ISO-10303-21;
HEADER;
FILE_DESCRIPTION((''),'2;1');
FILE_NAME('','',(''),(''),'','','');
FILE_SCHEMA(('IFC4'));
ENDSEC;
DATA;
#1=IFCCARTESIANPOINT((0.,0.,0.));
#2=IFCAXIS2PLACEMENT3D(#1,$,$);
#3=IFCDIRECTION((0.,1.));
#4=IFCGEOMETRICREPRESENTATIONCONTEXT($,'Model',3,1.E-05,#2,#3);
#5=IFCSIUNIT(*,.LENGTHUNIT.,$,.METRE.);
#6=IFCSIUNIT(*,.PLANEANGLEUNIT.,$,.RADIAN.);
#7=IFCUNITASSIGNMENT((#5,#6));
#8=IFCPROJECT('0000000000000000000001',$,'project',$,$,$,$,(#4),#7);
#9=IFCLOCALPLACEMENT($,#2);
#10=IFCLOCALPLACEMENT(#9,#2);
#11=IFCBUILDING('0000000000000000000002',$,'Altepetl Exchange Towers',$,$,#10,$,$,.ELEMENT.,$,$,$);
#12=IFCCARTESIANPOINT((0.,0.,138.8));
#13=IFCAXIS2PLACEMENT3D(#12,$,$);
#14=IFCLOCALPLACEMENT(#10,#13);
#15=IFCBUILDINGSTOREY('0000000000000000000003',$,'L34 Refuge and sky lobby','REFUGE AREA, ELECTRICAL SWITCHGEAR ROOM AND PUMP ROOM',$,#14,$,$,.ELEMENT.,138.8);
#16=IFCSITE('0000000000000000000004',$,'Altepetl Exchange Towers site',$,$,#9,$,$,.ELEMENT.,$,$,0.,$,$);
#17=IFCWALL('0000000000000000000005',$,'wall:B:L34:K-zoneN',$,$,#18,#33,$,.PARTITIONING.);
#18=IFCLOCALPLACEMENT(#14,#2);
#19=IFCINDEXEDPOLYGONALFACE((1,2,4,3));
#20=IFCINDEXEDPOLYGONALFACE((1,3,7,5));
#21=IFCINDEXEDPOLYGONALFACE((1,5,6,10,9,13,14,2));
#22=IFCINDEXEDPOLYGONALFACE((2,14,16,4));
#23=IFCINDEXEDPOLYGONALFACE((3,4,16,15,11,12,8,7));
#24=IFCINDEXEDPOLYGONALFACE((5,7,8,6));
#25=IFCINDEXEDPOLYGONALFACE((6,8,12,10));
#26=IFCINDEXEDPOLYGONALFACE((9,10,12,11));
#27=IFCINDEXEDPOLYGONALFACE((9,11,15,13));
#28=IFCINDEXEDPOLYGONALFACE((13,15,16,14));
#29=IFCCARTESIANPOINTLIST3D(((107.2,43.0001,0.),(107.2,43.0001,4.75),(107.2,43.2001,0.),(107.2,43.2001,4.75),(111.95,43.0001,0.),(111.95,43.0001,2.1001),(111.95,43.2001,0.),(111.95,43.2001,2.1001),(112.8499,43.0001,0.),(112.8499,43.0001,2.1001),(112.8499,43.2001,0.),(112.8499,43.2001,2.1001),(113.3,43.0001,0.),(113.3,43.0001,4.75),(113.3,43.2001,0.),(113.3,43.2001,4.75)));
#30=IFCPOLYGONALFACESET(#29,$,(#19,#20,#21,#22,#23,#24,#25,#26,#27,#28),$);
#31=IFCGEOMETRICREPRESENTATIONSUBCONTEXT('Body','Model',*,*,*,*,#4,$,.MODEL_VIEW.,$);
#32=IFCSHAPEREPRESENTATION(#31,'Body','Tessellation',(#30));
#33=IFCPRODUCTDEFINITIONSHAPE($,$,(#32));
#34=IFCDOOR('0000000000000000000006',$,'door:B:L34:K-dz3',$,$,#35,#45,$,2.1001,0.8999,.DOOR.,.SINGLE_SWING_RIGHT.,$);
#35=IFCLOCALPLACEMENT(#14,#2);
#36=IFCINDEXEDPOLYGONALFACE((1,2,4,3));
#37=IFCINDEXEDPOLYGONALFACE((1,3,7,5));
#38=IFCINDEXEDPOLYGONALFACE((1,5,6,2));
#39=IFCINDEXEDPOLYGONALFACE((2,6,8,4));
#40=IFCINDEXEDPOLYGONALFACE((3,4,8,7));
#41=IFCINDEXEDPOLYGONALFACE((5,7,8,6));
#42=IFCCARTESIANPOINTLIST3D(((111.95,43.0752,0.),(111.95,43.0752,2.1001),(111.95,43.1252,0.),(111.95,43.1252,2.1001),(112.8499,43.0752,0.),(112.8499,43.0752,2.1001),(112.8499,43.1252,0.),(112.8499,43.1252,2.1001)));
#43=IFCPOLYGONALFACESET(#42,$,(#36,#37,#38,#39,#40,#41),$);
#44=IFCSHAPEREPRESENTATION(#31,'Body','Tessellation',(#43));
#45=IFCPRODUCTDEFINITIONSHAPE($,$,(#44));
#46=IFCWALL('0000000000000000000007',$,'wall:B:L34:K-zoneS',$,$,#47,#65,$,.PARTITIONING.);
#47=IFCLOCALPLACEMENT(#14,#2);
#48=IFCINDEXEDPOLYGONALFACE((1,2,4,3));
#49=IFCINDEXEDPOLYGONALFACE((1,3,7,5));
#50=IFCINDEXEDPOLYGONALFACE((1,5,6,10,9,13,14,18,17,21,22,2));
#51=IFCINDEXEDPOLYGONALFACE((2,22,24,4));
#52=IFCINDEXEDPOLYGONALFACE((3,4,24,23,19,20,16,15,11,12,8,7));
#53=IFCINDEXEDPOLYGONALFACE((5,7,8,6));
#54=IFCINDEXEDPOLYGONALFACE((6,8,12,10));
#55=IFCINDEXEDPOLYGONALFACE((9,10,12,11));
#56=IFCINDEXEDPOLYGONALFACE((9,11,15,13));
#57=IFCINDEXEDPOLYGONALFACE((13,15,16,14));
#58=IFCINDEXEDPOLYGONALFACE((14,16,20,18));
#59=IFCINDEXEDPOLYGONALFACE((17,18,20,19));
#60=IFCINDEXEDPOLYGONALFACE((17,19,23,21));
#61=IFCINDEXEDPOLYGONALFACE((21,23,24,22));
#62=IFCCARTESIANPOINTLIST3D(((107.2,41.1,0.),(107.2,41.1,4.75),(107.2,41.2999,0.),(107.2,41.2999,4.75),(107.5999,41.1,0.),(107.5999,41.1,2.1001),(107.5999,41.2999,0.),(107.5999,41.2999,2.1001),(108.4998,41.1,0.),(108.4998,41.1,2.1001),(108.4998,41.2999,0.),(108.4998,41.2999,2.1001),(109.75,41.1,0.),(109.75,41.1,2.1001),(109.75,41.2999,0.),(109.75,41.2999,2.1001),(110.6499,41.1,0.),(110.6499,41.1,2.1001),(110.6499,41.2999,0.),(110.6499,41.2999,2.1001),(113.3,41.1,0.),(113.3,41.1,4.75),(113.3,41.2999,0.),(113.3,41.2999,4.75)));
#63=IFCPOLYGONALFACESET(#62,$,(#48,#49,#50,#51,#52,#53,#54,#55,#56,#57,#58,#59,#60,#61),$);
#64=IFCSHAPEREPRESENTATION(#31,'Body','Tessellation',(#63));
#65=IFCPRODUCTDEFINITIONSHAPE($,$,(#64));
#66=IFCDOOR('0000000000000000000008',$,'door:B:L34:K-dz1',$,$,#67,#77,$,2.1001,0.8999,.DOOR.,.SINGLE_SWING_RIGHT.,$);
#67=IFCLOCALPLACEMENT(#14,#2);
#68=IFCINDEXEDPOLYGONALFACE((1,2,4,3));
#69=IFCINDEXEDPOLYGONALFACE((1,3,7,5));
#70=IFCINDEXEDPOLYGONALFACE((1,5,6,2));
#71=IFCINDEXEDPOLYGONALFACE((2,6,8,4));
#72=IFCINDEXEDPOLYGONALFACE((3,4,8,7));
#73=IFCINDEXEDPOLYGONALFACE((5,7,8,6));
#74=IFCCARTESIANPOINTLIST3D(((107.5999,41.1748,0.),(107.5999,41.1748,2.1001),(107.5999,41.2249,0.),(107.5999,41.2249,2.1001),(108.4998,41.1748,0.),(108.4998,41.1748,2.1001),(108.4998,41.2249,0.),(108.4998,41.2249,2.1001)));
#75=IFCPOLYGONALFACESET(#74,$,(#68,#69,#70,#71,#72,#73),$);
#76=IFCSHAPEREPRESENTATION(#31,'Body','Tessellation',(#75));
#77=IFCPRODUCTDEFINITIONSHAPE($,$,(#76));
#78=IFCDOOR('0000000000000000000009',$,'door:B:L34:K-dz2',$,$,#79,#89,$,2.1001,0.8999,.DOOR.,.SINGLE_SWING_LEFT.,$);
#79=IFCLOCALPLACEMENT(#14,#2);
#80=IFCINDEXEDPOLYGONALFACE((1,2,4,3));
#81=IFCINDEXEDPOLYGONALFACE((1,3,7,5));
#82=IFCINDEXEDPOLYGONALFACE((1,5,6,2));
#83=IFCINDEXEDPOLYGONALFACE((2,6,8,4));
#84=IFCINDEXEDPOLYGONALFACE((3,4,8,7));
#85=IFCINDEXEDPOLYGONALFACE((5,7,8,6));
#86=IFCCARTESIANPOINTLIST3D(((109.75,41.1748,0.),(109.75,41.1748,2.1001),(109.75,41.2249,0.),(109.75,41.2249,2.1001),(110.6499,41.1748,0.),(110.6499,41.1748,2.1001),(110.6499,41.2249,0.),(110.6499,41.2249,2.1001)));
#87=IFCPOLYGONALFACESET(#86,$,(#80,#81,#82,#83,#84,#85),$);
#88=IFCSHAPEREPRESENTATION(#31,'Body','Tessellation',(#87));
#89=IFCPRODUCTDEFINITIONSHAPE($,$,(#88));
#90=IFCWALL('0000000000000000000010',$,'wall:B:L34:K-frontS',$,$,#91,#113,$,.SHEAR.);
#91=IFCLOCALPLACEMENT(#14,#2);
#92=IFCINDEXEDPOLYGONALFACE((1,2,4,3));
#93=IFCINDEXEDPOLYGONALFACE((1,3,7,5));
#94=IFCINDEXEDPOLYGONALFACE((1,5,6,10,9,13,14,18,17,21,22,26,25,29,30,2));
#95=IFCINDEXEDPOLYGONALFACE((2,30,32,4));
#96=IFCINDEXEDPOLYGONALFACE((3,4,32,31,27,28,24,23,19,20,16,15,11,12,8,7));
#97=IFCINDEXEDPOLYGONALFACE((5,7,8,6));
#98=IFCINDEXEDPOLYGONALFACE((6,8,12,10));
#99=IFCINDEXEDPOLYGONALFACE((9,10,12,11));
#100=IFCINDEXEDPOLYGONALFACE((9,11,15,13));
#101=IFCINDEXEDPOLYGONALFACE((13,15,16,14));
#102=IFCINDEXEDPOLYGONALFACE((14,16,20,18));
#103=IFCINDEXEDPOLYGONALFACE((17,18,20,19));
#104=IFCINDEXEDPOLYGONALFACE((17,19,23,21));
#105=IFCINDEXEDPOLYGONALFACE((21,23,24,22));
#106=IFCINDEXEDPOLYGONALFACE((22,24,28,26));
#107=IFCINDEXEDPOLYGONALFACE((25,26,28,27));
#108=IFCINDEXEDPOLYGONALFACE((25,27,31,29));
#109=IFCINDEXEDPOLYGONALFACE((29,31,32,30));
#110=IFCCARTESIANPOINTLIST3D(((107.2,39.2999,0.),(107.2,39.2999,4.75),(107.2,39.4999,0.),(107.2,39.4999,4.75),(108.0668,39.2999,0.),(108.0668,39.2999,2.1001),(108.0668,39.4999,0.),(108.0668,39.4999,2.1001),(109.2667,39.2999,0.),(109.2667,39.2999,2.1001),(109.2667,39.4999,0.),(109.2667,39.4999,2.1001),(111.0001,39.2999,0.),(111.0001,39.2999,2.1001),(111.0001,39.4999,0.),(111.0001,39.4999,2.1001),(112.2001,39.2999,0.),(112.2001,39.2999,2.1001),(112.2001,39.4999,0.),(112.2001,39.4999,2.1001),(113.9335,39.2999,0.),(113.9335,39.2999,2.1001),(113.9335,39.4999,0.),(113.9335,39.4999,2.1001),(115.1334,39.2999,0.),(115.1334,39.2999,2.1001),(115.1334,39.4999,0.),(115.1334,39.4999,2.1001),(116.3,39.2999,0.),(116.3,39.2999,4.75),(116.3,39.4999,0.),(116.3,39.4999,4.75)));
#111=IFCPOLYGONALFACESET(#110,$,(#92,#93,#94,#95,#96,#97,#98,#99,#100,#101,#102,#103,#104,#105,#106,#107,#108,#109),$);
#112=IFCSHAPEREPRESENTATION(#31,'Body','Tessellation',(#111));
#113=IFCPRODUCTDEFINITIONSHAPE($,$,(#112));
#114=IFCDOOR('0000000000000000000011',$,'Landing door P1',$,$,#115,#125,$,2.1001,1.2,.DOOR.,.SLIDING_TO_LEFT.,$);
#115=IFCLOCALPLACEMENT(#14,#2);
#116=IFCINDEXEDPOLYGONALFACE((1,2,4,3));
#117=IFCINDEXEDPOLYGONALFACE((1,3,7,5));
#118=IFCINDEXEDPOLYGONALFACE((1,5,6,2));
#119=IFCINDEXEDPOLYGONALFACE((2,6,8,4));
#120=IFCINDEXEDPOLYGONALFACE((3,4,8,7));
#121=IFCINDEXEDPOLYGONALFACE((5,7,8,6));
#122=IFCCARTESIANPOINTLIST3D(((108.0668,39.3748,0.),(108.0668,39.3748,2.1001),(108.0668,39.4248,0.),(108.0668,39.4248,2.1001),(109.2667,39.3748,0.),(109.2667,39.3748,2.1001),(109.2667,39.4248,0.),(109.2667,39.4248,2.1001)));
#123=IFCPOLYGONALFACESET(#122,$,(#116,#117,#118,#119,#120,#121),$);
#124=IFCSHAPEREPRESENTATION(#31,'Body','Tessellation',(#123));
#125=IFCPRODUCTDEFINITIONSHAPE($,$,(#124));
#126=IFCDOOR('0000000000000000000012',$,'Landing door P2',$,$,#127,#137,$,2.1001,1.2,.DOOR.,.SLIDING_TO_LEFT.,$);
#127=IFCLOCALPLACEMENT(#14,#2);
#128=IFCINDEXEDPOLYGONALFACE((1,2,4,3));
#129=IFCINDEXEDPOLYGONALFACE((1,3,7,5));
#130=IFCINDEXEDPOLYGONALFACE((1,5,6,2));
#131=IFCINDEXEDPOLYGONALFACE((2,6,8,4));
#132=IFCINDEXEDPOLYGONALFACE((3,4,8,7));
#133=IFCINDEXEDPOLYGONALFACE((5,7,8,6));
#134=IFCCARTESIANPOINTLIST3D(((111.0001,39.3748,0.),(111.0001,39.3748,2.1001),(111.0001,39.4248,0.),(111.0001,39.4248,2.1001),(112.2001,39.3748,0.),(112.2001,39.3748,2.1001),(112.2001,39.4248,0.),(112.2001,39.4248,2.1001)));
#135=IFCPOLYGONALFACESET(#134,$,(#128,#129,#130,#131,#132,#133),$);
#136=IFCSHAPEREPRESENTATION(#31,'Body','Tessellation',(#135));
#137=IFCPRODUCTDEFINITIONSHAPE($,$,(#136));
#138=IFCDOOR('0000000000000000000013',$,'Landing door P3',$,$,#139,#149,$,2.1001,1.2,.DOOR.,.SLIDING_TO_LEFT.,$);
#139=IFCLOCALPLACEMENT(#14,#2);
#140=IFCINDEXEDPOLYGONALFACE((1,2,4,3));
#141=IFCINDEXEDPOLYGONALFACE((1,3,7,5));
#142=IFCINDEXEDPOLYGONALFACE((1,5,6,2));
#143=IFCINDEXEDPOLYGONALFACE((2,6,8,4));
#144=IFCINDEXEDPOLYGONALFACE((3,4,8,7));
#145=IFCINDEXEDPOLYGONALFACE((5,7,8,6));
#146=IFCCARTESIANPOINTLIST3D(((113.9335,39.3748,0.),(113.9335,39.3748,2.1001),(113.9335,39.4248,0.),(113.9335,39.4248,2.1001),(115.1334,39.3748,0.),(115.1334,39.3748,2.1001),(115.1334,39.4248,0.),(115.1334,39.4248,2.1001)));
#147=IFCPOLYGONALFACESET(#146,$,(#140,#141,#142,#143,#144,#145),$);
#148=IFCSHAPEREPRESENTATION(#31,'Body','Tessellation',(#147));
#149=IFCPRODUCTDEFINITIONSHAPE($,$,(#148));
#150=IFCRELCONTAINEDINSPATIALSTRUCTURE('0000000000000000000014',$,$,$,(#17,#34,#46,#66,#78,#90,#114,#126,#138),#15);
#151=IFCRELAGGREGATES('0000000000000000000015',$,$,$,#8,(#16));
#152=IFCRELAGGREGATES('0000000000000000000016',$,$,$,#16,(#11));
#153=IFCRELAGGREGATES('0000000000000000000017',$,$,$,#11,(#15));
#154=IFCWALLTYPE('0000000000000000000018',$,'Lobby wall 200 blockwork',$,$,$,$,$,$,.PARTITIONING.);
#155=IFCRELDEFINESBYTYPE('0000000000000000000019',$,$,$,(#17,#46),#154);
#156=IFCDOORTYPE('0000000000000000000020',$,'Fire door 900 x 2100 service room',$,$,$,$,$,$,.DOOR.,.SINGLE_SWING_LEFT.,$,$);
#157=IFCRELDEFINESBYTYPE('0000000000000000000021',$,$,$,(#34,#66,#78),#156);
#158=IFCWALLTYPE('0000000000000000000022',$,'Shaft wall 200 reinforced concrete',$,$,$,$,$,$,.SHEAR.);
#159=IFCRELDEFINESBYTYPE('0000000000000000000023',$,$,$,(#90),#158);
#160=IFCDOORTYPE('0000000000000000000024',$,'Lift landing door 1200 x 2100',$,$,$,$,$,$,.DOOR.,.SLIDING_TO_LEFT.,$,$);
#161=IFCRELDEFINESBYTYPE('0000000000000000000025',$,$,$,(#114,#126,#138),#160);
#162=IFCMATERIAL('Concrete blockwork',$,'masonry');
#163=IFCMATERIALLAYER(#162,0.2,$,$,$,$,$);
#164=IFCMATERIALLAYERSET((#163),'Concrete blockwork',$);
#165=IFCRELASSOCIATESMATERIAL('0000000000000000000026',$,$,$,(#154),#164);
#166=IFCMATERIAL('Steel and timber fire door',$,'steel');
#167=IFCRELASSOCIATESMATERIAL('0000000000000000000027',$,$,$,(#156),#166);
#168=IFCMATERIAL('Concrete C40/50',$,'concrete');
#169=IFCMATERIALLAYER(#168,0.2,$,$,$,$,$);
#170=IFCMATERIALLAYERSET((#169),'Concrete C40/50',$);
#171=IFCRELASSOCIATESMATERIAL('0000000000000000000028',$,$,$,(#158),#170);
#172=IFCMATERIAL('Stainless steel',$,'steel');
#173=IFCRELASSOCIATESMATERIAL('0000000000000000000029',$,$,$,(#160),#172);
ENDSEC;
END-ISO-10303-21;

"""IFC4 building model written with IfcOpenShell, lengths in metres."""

from ifc_helpers import new_model, si_unit, direction, frame, frame_2d, origin, place, context, subcontext, project, spatial, rectangle, extrude, material, layer, layer_set, type_object, element, fill, save


model = new_model("IFC4")

# Units and contexts
model_context = context("Model", 3, precision=1e-05, world=origin(), true_north=direction((0.0, 1.0)))
body_context = subcontext(model_context, "Body", "Model", "MODEL_VIEW")
ifc_project = project(units=[si_unit("LENGTHUNIT", "METRE"), si_unit("PLANEANGLEUNIT", "RADIAN")], contexts=[model_context])

# Site, building, storey
site_placement = place(None, origin())
site = spatial("IfcSite", under=ifc_project, at=site_placement, Name="Altepetl Exchange Towers site", CompositionType="ELEMENT", RefElevation=0.0)
building_placement = place(site_placement, origin())
building = spatial("IfcBuilding", under=site, at=building_placement, Name="Altepetl Exchange Towers", CompositionType="ELEMENT")
storey_placement = place(building_placement, frame((0.0, 0.0, 138.8)))
storey = spatial("IfcBuildingStorey", under=building, at=storey_placement, Name="L34 Refuge and sky lobby", Description="REFUGE AREA, ELECTRICAL SWITCHGEAR ROOM AND PUMP ROOM", CompositionType="ELEMENT", Elevation=138.8)

# Wall, opening, door
ifc_material_1 = material(Name="Concrete blockwork", Category="masonry")
ifc_layer_1 = layer(ifc_material_1, 0.2)
ifc_layer_set_1 = layer_set([ifc_layer_1], Name="Concrete blockwork")
wall_type_1 = type_object("IfcWallType", Name="Lobby wall 200 blockwork", PredefinedType="PARTITIONING", material=ifc_layer_set_1)
wall_1_placement = place(storey_placement, frame((107.2, 43.1001, 0.0)))
wall_1 = element("IfcWall", 1, at=wall_1_placement, inside=storey, type_object=wall_type_1, Name="wall:B:L34:K-zoneN", PredefinedType="PARTITIONING", context=body_context, shape_type="SweptSolid", body=[
    extrude(rectangle(XDim=6.1001, YDim=0.2, at=frame_2d((3.05, 0.0))), origin(), (0.0, 0.0, 1.0), 4.75),
])
opening_1_placement = place(wall_1_placement, frame((4.75, 0.0, 0.0)))
opening_1 = element("IfcOpeningElement", 2, at=opening_1_placement, cuts=wall_1, PredefinedType="OPENING", context=body_context, shape_type="SweptSolid", body=[
    extrude(rectangle(XDim=0.8999, YDim=2.1001, at=frame_2d((0.45, 1.05))), frame((0.0, 0.1099, 0.0), z_axis=(0.0, -1.0, 0.0), x_axis=(1.0, 0.0, 0.0)), (0.0, 0.0, 1.0), 0.22),
])
ifc_material_2 = material(Name="Steel and timber fire door", Category="steel")
door_type_1 = type_object("IfcDoorType", Name="Fire door 900 x 2100 service room", OperationType="SINGLE_SWING_LEFT", PredefinedType="DOOR", material=ifc_material_2)
door_1_placement = place(opening_1_placement, frame((0.8999, 0.0, 0.0), x_axis=(-1.0, 0.0, 0.0)))
door_1 = element("IfcDoor", 3, at=door_1_placement, inside=storey, type_object=door_type_1, Name="door:B:L34:K-dz3", OperationType="SINGLE_SWING_RIGHT", OverallHeight=2.1001, OverallWidth=0.8999, PredefinedType="DOOR", context=body_context, shape_type="SweptSolid", body=[
    extrude(rectangle(XDim=0.8999, YDim=2.1001, at=frame_2d((0.45, 1.05))), frame((0.0, 0.0249, 0.0), z_axis=(0.0, -1.0, 0.0), x_axis=(1.0, 0.0, 0.0)), (0.0, 0.0, 1.0), 0.05),
])
fill(opening_1, door_1)

# Walls, openings, doors
wall_2_placement = place(storey_placement, frame((107.2, 41.2, 0.0)))
wall_2 = element("IfcWall", 4, at=wall_2_placement, inside=storey, type_object=wall_type_1, Name="wall:B:L34:K-zoneS", PredefinedType="PARTITIONING", context=body_context, shape_type="SweptSolid", body=[
    extrude(rectangle(XDim=6.1001, YDim=0.2, at=frame_2d((3.05, 0.0))), origin(), (0.0, 0.0, 1.0), 4.75),
])
opening_2_placement = place(wall_2_placement, frame((0.3999, 0.0, 0.0)))
opening_2 = element("IfcOpeningElement", 5, at=opening_2_placement, cuts=wall_2, PredefinedType="OPENING", context=body_context, shape_type="SweptSolid", body=[
    extrude(rectangle(XDim=0.8999, YDim=2.1001, at=frame_2d((0.45, 1.05))), frame((0.0, 0.1099, 0.0), z_axis=(0.0, -1.0, 0.0), x_axis=(1.0, 0.0, 0.0)), (0.0, 0.0, 1.0), 0.22),
])
opening_3_placement = place(wall_2_placement, frame((2.55, 0.0, 0.0)))
opening_3 = element("IfcOpeningElement", 6, at=opening_3_placement, cuts=wall_2, PredefinedType="OPENING", context=body_context, shape_type="SweptSolid", body=[
    extrude(rectangle(XDim=0.8999, YDim=2.1001, at=frame_2d((0.45, 1.05))), frame((0.0, 0.1099, 0.0), z_axis=(0.0, -1.0, 0.0), x_axis=(1.0, 0.0, 0.0)), (0.0, 0.0, 1.0), 0.22),
])
door_2_placement = place(opening_2_placement, origin())
door_2 = element("IfcDoor", 7, at=door_2_placement, inside=storey, type_object=door_type_1, Name="door:B:L34:K-dz1", OperationType="SINGLE_SWING_RIGHT", OverallHeight=2.1001, OverallWidth=0.8999, PredefinedType="DOOR", context=body_context, shape_type="SweptSolid", body=[
    extrude(rectangle(XDim=0.8999, YDim=2.1001, at=frame_2d((0.45, 1.05))), frame((0.0, 0.0249, 0.0), z_axis=(0.0, -1.0, 0.0), x_axis=(1.0, 0.0, 0.0)), (0.0, 0.0, 1.0), 0.05),
])
fill(opening_2, door_2)
door_3_placement = place(opening_3_placement, origin())
door_3 = element("IfcDoor", 8, at=door_3_placement, inside=storey, type_object=door_type_1, Name="door:B:L34:K-dz2", OperationType="SINGLE_SWING_LEFT", OverallHeight=2.1001, OverallWidth=0.8999, PredefinedType="DOOR", context=body_context, shape_type="SweptSolid", body=[
    extrude(rectangle(XDim=0.8999, YDim=2.1001, at=frame_2d((0.45, 1.05))), frame((0.0, 0.0249, 0.0), z_axis=(0.0, -1.0, 0.0), x_axis=(1.0, 0.0, 0.0)), (0.0, 0.0, 1.0), 0.05),
])
fill(opening_3, door_3)
ifc_material_3 = material(Name="Concrete C40/50", Category="concrete")
ifc_layer_2 = layer(ifc_material_3, 0.2)
ifc_layer_set_2 = layer_set([ifc_layer_2], Name="Concrete C40/50")
wall_type_2 = type_object("IfcWallType", Name="Shaft wall 200 reinforced concrete", PredefinedType="SHEAR", material=ifc_layer_set_2)
wall_3_placement = place(storey_placement, frame((107.2, 39.3999, 0.0)))
wall_3 = element("IfcWall", 9, at=wall_3_placement, inside=storey, type_object=wall_type_2, Name="wall:B:L34:K-frontS", PredefinedType="SHEAR", context=body_context, shape_type="SweptSolid", body=[
    extrude(rectangle(XDim=9.1001, YDim=0.2, at=frame_2d((4.55, 0.0))), origin(), (0.0, 0.0, 1.0), 4.75),
])
opening_4_placement = place(wall_3_placement, frame((0.8667, 0.0, 0.0)))
opening_4 = element("IfcOpeningElement", 10, at=opening_4_placement, cuts=wall_3, PredefinedType="OPENING", context=body_context, shape_type="SweptSolid", body=[
    extrude(rectangle(XDim=1.2, YDim=2.1001, at=frame_2d((0.6001, 1.05))), frame((0.0, 0.1099, 0.0), z_axis=(0.0, -1.0, 0.0), x_axis=(1.0, 0.0, 0.0)), (0.0, 0.0, 1.0), 0.22),
])
opening_5_placement = place(wall_3_placement, frame((3.8, 0.0, 0.0)))
opening_5 = element("IfcOpeningElement", 11, at=opening_5_placement, cuts=wall_3, PredefinedType="OPENING", context=body_context, shape_type="SweptSolid", body=[
    extrude(rectangle(XDim=1.2, YDim=2.1001, at=frame_2d((0.6001, 1.05))), frame((0.0, 0.1099, 0.0), z_axis=(0.0, -1.0, 0.0), x_axis=(1.0, 0.0, 0.0)), (0.0, 0.0, 1.0), 0.22),
])
opening_6_placement = place(wall_3_placement, frame((6.7334, 0.0, 0.0)))
opening_6 = element("IfcOpeningElement", 12, at=opening_6_placement, cuts=wall_3, PredefinedType="OPENING", context=body_context, shape_type="SweptSolid", body=[
    extrude(rectangle(XDim=1.2, YDim=2.1001, at=frame_2d((0.6001, 1.05))), frame((0.0, 0.1099, 0.0), z_axis=(0.0, -1.0, 0.0), x_axis=(1.0, 0.0, 0.0)), (0.0, 0.0, 1.0), 0.22),
])
ifc_material_4 = material(Name="Stainless steel", Category="steel")
door_type_2 = type_object("IfcDoorType", Name="Lift landing door 1200 x 2100", OperationType="SLIDING_TO_LEFT", PredefinedType="DOOR", material=ifc_material_4)
door_4_placement = place(opening_4_placement, origin())
door_4 = element("IfcDoor", 13, at=door_4_placement, inside=storey, type_object=door_type_2, Name="Landing door P1", OperationType="SLIDING_TO_LEFT", OverallHeight=2.1001, OverallWidth=1.2, PredefinedType="DOOR", context=body_context, shape_type="SweptSolid", body=[
    extrude(rectangle(XDim=1.2, YDim=2.1001, at=frame_2d((0.6001, 1.05))), frame((0.0, 0.0249, 0.0), z_axis=(0.0, -1.0, 0.0), x_axis=(1.0, 0.0, 0.0)), (0.0, 0.0, 1.0), 0.05),
])
fill(opening_4, door_4)
door_5_placement = place(opening_5_placement, origin())
door_5 = element("IfcDoor", 14, at=door_5_placement, inside=storey, type_object=door_type_2, Name="Landing door P2", OperationType="SLIDING_TO_LEFT", OverallHeight=2.1001, OverallWidth=1.2, PredefinedType="DOOR", context=body_context, shape_type="SweptSolid", body=[
    extrude(rectangle(XDim=1.2, YDim=2.1001, at=frame_2d((0.6001, 1.05))), frame((0.0, 0.0249, 0.0), z_axis=(0.0, -1.0, 0.0), x_axis=(1.0, 0.0, 0.0)), (0.0, 0.0, 1.0), 0.05),
])
fill(opening_5, door_5)
door_6_placement = place(opening_6_placement, origin())
door_6 = element("IfcDoor", 15, at=door_6_placement, inside=storey, type_object=door_type_2, Name="Landing door P3", OperationType="SLIDING_TO_LEFT", OverallHeight=2.1001, OverallWidth=1.2, PredefinedType="DOOR", context=body_context, shape_type="SweptSolid", body=[
    extrude(rectangle(XDim=1.2, YDim=2.1001, at=frame_2d((0.6001, 1.05))), frame((0.0, 0.0249, 0.0), z_axis=(0.0, -1.0, 0.0), x_axis=(1.0, 0.0, 0.0)), (0.0, 0.0, 1.0), 0.05),
])
fill(opening_6, door_6)

save(model, "model.ifc")
